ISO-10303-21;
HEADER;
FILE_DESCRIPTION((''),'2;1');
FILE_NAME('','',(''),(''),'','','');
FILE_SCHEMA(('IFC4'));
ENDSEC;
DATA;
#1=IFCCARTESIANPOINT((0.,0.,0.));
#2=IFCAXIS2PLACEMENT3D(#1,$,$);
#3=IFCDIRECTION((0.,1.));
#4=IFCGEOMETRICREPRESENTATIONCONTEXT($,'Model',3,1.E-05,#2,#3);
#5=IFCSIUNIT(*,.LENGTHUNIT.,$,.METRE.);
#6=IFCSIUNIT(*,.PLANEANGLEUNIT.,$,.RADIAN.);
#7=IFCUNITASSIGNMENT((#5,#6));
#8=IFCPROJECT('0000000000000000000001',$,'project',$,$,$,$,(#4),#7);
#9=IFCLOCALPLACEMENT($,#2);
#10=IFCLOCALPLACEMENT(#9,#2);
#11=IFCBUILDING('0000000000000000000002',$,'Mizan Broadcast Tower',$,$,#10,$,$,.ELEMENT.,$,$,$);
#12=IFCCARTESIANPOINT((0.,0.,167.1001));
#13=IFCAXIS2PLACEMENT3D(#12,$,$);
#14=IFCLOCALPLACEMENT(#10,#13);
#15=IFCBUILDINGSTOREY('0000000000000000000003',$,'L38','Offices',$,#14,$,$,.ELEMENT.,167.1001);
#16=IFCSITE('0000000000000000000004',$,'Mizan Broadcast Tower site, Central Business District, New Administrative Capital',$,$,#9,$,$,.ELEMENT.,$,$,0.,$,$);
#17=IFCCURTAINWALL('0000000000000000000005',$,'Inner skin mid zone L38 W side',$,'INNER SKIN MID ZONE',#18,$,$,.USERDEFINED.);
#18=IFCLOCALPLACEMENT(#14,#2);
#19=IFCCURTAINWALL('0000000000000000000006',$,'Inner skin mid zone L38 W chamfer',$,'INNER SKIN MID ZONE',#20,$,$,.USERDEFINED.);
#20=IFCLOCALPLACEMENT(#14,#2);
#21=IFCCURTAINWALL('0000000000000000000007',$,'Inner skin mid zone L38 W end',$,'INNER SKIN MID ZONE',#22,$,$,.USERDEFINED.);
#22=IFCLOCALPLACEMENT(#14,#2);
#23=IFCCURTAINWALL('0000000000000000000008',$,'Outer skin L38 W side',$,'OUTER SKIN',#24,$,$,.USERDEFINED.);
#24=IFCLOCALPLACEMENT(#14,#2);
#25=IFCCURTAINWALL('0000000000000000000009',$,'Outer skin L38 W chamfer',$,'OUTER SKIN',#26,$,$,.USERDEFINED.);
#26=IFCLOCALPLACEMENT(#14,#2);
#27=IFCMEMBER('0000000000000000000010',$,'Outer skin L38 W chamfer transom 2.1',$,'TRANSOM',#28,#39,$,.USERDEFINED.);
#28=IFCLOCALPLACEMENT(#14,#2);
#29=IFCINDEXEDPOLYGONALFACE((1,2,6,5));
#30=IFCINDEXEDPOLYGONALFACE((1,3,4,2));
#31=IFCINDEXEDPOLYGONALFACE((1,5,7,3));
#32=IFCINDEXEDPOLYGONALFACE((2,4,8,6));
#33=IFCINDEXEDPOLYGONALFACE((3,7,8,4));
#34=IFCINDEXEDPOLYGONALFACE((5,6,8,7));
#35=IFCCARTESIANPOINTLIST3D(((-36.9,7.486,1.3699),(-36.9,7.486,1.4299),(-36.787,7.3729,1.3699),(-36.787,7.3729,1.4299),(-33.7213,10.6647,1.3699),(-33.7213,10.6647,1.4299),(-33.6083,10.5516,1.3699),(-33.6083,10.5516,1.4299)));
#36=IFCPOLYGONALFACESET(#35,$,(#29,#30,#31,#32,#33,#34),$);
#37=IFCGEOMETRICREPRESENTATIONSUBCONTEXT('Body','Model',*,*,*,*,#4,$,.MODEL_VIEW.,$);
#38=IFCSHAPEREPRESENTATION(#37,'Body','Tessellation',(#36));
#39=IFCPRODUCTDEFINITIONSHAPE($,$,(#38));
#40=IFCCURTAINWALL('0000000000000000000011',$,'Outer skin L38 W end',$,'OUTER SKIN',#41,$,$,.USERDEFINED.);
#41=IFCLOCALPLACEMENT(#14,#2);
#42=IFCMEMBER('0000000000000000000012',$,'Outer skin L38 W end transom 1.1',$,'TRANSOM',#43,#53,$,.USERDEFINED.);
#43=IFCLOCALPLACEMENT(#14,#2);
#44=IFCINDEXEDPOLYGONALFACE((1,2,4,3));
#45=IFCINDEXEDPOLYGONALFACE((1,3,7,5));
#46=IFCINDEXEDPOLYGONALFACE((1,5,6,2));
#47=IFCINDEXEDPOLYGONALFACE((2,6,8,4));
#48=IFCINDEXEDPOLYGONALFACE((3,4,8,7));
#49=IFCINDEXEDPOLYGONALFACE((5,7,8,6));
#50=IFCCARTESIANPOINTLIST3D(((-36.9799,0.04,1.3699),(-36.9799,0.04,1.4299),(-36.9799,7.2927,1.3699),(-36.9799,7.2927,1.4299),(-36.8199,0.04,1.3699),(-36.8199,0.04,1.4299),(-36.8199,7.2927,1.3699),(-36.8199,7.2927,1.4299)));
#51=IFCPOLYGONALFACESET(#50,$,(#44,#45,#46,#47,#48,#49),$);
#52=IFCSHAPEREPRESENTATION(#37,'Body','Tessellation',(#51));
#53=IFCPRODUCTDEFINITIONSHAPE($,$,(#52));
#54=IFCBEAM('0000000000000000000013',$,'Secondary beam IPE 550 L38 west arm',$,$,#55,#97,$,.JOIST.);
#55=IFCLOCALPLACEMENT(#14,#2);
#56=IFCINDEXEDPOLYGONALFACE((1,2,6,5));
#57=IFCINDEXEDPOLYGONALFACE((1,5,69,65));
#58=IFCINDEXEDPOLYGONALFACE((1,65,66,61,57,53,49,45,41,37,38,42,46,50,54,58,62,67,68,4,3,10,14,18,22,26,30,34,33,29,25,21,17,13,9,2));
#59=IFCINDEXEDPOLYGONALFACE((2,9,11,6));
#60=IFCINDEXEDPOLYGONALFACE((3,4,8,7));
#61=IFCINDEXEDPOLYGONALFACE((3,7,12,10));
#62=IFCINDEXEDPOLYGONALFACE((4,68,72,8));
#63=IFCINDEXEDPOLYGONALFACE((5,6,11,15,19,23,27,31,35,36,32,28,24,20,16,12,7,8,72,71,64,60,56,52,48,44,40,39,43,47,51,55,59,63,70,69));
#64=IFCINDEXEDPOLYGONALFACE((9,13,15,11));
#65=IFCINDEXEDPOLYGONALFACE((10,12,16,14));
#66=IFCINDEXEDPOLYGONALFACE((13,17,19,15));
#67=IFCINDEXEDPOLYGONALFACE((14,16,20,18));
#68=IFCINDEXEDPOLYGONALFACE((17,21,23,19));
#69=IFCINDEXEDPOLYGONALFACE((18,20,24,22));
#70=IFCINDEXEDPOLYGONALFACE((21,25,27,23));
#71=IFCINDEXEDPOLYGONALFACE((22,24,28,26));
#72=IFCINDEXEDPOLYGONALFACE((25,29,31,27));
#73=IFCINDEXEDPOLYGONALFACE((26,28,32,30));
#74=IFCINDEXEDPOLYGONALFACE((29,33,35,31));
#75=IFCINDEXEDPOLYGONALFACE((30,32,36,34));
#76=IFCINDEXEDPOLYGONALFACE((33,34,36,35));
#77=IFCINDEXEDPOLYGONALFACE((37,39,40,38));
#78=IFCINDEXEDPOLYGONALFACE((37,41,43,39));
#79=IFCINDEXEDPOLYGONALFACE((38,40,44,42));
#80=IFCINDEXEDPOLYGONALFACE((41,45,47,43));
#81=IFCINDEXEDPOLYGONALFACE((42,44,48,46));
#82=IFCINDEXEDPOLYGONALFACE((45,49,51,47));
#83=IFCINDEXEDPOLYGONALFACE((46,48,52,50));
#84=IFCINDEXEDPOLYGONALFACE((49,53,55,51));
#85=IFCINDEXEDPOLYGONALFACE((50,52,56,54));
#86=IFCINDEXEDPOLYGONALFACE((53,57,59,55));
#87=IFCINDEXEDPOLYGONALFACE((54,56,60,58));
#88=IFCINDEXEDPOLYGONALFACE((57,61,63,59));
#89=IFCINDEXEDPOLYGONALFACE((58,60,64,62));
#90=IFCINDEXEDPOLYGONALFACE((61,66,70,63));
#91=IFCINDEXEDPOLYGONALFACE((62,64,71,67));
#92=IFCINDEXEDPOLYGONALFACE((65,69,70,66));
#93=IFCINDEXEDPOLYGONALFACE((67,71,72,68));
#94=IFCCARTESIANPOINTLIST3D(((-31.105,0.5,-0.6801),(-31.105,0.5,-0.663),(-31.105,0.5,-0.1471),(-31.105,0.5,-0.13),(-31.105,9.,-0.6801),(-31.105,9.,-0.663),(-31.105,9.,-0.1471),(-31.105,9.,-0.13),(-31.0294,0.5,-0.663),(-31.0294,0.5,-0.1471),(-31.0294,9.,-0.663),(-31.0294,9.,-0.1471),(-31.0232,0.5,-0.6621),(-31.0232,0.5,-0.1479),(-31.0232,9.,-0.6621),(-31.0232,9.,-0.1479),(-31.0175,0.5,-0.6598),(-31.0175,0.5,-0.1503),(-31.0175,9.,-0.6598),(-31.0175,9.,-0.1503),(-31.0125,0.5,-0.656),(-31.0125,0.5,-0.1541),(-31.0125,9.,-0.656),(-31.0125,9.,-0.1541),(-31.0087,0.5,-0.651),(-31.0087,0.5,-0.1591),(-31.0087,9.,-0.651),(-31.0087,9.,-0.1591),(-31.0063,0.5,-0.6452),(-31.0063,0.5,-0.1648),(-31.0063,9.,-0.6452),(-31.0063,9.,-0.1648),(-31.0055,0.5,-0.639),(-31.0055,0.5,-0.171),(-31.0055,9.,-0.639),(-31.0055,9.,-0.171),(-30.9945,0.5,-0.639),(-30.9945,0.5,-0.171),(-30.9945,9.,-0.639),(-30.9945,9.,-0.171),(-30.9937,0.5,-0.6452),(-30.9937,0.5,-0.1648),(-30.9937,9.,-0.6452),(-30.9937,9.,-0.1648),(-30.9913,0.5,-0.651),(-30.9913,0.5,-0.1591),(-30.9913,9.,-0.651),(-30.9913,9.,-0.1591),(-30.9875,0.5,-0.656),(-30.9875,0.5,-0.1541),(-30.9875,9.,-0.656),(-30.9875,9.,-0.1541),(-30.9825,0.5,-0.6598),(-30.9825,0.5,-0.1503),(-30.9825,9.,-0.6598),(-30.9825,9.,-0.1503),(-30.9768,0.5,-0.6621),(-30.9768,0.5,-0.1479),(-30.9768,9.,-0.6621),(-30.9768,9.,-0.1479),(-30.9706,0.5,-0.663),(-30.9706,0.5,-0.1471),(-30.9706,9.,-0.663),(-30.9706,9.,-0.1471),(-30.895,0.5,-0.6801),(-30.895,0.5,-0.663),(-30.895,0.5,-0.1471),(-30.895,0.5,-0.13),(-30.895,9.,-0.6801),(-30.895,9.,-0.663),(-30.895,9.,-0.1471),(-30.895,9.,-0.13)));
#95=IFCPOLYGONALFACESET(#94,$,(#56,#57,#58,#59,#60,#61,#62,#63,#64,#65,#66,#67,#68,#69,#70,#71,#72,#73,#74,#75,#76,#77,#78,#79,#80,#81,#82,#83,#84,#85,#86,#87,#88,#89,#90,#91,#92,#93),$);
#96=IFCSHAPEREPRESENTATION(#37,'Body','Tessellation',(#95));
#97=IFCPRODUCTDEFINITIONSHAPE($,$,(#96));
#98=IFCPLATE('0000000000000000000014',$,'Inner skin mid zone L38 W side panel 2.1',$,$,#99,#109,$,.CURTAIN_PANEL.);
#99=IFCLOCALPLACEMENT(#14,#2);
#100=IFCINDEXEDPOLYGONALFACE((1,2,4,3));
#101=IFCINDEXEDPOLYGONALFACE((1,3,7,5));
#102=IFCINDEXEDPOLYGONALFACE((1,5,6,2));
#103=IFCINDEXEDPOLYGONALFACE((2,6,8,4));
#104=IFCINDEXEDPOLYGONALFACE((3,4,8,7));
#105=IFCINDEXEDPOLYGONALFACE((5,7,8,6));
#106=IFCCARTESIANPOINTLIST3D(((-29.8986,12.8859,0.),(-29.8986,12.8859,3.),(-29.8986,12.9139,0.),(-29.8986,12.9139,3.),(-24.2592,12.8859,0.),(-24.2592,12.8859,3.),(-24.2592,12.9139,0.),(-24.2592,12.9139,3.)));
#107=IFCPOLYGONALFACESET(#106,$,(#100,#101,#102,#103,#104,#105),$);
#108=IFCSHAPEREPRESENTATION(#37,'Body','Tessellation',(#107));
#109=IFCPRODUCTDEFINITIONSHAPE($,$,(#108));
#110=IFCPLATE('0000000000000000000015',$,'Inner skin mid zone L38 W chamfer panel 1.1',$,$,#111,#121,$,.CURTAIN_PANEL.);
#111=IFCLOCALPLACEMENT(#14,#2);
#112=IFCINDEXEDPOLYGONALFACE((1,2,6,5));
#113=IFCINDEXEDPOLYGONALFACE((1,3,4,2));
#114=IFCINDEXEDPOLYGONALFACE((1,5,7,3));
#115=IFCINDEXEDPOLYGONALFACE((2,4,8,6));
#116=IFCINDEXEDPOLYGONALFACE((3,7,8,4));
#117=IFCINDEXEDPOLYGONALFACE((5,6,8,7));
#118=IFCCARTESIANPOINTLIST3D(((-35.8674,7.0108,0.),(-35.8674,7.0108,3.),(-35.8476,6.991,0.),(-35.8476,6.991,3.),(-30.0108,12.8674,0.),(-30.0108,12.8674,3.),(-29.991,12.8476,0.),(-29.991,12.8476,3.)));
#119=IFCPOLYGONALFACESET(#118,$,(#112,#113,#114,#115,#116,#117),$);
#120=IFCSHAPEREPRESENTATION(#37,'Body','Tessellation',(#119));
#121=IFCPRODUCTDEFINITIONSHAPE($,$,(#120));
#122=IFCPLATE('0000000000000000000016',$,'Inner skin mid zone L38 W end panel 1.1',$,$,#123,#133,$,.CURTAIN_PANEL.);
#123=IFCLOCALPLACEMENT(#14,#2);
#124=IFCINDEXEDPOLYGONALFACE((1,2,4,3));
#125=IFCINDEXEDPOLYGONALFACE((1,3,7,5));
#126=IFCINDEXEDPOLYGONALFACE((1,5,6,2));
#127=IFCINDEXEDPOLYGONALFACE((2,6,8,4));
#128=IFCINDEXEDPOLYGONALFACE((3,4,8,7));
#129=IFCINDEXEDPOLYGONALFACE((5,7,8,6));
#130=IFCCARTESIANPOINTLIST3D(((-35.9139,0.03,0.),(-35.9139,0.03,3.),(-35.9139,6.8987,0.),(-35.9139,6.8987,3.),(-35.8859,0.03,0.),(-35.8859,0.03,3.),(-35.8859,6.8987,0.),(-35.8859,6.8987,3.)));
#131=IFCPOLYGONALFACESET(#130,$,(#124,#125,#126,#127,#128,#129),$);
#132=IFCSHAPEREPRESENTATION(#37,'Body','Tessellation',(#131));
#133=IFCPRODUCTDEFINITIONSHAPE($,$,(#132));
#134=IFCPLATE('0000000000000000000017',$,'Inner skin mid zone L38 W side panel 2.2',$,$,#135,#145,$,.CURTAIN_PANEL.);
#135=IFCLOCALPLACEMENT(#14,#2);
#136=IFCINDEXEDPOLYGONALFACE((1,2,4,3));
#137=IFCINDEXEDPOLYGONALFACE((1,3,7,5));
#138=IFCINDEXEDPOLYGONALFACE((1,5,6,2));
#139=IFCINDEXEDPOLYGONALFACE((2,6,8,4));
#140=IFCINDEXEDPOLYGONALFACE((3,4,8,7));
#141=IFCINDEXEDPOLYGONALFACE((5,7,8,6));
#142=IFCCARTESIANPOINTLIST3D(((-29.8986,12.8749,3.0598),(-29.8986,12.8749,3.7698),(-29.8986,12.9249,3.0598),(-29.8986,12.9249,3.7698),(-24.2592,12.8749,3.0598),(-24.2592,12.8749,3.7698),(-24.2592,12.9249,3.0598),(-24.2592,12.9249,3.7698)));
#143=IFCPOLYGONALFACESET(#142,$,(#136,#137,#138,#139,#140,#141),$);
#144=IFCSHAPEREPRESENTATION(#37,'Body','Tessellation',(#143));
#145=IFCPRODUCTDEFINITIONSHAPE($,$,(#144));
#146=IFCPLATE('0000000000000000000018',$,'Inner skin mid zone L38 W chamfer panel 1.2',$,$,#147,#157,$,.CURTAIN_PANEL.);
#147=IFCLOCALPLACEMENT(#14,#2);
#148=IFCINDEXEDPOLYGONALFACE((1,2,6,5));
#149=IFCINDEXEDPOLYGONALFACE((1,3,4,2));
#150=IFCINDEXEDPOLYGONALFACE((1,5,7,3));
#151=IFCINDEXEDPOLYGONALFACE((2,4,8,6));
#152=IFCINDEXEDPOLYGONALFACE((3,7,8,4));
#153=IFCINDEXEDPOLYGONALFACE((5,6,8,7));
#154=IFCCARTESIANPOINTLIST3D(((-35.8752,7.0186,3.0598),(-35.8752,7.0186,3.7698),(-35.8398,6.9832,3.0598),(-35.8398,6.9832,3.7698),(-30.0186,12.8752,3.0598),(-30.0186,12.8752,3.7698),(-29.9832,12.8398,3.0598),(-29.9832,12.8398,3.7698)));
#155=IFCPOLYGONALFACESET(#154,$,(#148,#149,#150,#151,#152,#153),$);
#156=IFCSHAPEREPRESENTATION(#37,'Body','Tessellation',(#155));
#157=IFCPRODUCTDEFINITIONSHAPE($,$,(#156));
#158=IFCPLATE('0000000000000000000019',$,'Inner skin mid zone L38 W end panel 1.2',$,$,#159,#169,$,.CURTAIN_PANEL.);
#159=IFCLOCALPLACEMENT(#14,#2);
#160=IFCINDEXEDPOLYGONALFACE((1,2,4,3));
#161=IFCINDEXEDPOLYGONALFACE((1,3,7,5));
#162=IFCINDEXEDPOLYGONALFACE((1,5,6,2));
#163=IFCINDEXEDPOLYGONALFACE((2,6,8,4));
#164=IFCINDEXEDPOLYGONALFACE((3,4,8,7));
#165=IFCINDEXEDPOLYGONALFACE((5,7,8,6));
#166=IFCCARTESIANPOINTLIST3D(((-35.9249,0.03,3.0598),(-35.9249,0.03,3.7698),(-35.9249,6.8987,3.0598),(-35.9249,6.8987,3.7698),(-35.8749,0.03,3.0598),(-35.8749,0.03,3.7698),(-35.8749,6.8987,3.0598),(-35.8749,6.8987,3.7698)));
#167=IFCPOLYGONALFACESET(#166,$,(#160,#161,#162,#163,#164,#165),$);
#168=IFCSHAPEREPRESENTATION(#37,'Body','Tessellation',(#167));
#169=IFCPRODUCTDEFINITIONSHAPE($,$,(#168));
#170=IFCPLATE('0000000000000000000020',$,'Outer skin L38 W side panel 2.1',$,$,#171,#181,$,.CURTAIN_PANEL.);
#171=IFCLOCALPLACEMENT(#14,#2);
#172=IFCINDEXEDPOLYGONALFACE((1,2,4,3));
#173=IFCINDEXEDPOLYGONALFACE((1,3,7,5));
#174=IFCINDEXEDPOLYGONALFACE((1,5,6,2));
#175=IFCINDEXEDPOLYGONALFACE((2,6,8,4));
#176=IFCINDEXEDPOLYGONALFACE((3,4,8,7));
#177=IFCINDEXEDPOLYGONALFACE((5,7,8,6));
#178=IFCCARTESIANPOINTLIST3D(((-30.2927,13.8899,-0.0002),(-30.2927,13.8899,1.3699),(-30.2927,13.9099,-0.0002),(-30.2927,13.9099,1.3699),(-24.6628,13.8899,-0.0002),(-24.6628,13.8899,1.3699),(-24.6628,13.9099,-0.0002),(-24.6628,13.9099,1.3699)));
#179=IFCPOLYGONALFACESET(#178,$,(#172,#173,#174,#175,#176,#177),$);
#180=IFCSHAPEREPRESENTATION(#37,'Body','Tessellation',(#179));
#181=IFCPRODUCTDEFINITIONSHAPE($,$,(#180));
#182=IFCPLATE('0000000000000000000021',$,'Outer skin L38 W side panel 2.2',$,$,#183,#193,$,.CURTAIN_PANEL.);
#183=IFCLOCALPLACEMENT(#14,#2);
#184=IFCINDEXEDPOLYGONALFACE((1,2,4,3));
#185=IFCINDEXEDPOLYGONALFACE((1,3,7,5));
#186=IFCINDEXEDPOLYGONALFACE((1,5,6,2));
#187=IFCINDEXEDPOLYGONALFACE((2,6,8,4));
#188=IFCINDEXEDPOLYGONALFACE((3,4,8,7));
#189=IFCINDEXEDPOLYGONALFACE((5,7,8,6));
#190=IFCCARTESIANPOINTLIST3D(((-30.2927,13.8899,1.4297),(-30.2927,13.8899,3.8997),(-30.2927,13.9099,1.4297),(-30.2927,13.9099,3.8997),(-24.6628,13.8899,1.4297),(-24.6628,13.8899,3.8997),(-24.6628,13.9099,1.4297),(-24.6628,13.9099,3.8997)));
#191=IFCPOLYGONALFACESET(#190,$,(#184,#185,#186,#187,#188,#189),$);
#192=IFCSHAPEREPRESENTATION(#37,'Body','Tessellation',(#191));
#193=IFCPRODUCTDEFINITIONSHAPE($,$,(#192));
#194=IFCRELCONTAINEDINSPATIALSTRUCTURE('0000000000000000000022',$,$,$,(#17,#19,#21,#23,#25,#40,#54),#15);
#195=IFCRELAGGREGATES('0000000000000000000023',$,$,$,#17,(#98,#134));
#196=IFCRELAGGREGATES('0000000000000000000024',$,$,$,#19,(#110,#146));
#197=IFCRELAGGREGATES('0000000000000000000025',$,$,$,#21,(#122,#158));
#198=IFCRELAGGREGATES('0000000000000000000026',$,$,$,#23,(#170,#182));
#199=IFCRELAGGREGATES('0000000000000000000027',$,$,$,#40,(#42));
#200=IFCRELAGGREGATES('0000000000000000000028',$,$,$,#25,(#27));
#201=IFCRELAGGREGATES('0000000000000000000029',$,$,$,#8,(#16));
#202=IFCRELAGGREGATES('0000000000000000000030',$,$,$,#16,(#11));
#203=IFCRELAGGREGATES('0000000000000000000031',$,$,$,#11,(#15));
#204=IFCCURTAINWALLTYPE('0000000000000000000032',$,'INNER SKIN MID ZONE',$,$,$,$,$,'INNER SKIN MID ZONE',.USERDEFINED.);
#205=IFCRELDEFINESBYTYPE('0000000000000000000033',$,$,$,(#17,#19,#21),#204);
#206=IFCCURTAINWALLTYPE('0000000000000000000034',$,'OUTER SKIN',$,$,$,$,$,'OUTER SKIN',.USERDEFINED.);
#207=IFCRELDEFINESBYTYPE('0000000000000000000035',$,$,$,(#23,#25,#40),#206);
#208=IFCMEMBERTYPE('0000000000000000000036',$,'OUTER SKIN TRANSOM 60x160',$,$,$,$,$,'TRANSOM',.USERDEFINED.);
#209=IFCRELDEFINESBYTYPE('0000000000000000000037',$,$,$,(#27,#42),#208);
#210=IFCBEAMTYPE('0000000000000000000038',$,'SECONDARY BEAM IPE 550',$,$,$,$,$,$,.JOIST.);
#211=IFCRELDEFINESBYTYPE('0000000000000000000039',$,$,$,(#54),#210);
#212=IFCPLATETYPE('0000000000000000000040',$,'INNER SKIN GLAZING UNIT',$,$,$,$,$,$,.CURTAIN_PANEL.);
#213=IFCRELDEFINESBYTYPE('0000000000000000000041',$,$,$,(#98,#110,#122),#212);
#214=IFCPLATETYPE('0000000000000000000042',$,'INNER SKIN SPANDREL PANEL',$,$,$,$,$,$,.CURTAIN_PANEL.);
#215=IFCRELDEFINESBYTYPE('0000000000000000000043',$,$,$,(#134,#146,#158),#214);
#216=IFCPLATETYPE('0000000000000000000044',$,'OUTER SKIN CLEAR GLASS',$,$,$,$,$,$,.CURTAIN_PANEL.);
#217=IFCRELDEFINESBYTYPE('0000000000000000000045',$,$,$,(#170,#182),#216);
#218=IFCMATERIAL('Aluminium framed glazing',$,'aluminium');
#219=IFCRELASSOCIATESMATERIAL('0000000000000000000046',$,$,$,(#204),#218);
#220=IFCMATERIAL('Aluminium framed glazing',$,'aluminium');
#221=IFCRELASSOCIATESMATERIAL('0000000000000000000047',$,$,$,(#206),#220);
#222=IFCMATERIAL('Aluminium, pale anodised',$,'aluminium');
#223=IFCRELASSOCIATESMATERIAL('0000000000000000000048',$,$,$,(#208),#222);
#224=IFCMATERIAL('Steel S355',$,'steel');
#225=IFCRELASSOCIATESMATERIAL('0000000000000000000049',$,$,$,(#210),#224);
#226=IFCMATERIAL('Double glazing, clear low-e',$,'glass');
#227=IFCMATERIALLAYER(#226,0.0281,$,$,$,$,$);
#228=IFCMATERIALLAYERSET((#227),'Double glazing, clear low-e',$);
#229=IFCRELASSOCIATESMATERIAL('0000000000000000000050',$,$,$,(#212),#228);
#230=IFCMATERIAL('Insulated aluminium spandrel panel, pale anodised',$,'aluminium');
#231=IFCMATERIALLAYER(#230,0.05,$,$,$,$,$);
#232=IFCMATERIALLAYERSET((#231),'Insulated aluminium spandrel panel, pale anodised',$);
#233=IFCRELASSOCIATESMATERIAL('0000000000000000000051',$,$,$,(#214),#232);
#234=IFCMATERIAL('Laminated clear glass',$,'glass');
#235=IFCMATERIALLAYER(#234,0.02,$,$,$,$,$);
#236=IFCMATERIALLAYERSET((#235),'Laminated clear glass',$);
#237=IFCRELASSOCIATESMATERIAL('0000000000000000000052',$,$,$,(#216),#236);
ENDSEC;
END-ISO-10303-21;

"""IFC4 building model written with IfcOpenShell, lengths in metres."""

from ifc_helpers import new_model, si_unit, direction, frame, origin, origin_2d, place, context, subcontext, project, spatial, rectangle, i_section, extrude, material, layer, layer_set, material_profile, profile_set, type_object, element, aggregate, save


model = new_model("IFC4")

# Units and contexts
model_context = context("Model", 3, precision=1e-05, world=origin(), true_north=direction((0.0, 1.0)))
body_context = subcontext(model_context, "Body", "Model", "MODEL_VIEW")
ifc_project = project(units=[si_unit("LENGTHUNIT", "METRE"), si_unit("PLANEANGLEUNIT", "RADIAN")], contexts=[model_context])

# Site, building, storey
site_placement = place(None, origin())
site = spatial("IfcSite", under=ifc_project, at=site_placement, Name="Mizan Broadcast Tower site, Central Business District, New Administrative Capital", CompositionType="ELEMENT", RefElevation=0.0)
building_placement = place(site_placement, origin())
building = spatial("IfcBuilding", under=site, at=building_placement, Name="Mizan Broadcast Tower", CompositionType="ELEMENT")
storey_placement = place(building_placement, frame((0.0, 0.0, 167.1001)))
storey = spatial("IfcBuildingStorey", under=building, at=storey_placement, Name="L38", Description="Offices", CompositionType="ELEMENT", Elevation=167.1001)

# Curtain wall
ifc_material_1 = material(Name="Aluminium framed glazing", Category="aluminium")
curtain_wall_type_1 = type_object("IfcCurtainWallType", Name="INNER SKIN MID ZONE", ElementType="INNER SKIN MID ZONE", PredefinedType="USERDEFINED", material=ifc_material_1)
curtain_wall_1_placement = place(storey_placement, origin())
curtain_wall_1 = element("IfcCurtainWall", 1, at=curtain_wall_1_placement, inside=storey, type_object=curtain_wall_type_1, Name="Inner skin mid zone L38 W side", ObjectType="INNER SKIN MID ZONE", PredefinedType="USERDEFINED")

# Curtain wall
curtain_wall_2_placement = place(storey_placement, origin())
curtain_wall_2 = element("IfcCurtainWall", 2, at=curtain_wall_2_placement, inside=storey, type_object=curtain_wall_type_1, Name="Inner skin mid zone L38 W chamfer", ObjectType="INNER SKIN MID ZONE", PredefinedType="USERDEFINED")

# Curtain walls
curtain_wall_3_placement = place(storey_placement, origin())
curtain_wall_3 = element("IfcCurtainWall", 3, at=curtain_wall_3_placement, inside=storey, type_object=curtain_wall_type_1, Name="Inner skin mid zone L38 W end", ObjectType="INNER SKIN MID ZONE", PredefinedType="USERDEFINED")
ifc_material_2 = material(Name="Aluminium framed glazing", Category="aluminium")
curtain_wall_type_2 = type_object("IfcCurtainWallType", Name="OUTER SKIN", ElementType="OUTER SKIN", PredefinedType="USERDEFINED", material=ifc_material_2)
curtain_wall_4_placement = place(storey_placement, origin())
curtain_wall_4 = element("IfcCurtainWall", 4, at=curtain_wall_4_placement, inside=storey, type_object=curtain_wall_type_2, Name="Outer skin L38 W side", ObjectType="OUTER SKIN", PredefinedType="USERDEFINED")

# Curtain wall, member
curtain_wall_5_placement = place(storey_placement, origin())
curtain_wall_5 = element("IfcCurtainWall", 5, at=curtain_wall_5_placement, inside=storey, type_object=curtain_wall_type_2, Name="Outer skin L38 W chamfer", ObjectType="OUTER SKIN", PredefinedType="USERDEFINED")
ifc_material_3 = material(Name="Aluminium, pale anodised", Category="aluminium")
ifc_material_profile_1 = material_profile(ifc_material_3, rectangle(XDim=0.1599, YDim=0.0601, at=origin_2d()), Name="TRANSOM 160x60")
ifc_profile_set_1 = profile_set([ifc_material_profile_1], Name="Aluminium, pale anodised")
member_type_1 = type_object("IfcMemberType", Name="OUTER SKIN TRANSOM 60x160", ElementType="TRANSOM", PredefinedType="USERDEFINED", material=ifc_profile_set_1)
member_1_placement = place(storey_placement, frame((-33.6648, 10.6082, 1.3999), z_axis=(-0.707107, -0.707107, 0.0), x_axis=(0.707107, -0.707107, 0.0)))
member_1 = element("IfcMember", 6, at=member_1_placement, type_object=member_type_1, Name="Outer skin L38 W chamfer transom 2.1", ObjectType="TRANSOM", PredefinedType="USERDEFINED", context=body_context, shape_type="SweptSolid", body=[
    extrude(rectangle(XDim=0.1599, YDim=0.0601, at=origin_2d()), origin(), (0.0, 0.0, 1.0), 4.4954),
])

# Curtain wall, member
curtain_wall_6_placement = place(storey_placement, origin())
curtain_wall_6 = element("IfcCurtainWall", 7, at=curtain_wall_6_placement, inside=storey, type_object=curtain_wall_type_2, Name="Outer skin L38 W end", ObjectType="OUTER SKIN", PredefinedType="USERDEFINED")
member_2_placement = place(storey_placement, frame((-36.8999, 7.2927, 1.3999), z_axis=(0.0, -1.0, 0.0), x_axis=(1.0, 0.0, 0.0)))
member_2 = element("IfcMember", 8, at=member_2_placement, type_object=member_type_1, Name="Outer skin L38 W end transom 1.1", ObjectType="TRANSOM", PredefinedType="USERDEFINED", context=body_context, shape_type="SweptSolid", body=[
    extrude(rectangle(XDim=0.1599, YDim=0.0601, at=origin_2d()), origin(), (0.0, 0.0, 1.0), 7.2527),
])

# Beam
ifc_material_4 = material(Name="Steel S355", Category="steel")
ifc_material_profile_2 = material_profile(ifc_material_4, i_section(OverallWidth=0.21, OverallDepth=0.55, WebThickness=0.011, FlangeThickness=0.0171, FilletRadius=0.0239, at=origin_2d()), Name="IPE 550")
ifc_profile_set_2 = profile_set([ifc_material_profile_2], Name="Steel S355")
beam_type_1 = type_object("IfcBeamType", Name="SECONDARY BEAM IPE 550", PredefinedType="JOIST", material=ifc_profile_set_2)
beam_1_placement = place(storey_placement, frame((-31.0, 9.0, -0.405), z_axis=(0.0, -1.0, 0.0), x_axis=(1.0, 0.0, 0.0)))
element("IfcBeam", 9, at=beam_1_placement, inside=storey, type_object=beam_type_1, Name="Secondary beam IPE 550 L38 west arm", PredefinedType="JOIST", context=body_context, shape_type="SweptSolid", body=[
    extrude(i_section(OverallWidth=0.21, OverallDepth=0.55, WebThickness=0.011, FlangeThickness=0.0171, FilletRadius=0.0239, at=origin_2d()), origin(), (0.0, 0.0, 1.0), 8.5),
])

# Plates
ifc_material_5 = material(Name="Double glazing, clear low-e", Category="glass")
ifc_layer_1 = layer(ifc_material_5, 0.0281)
ifc_layer_set_1 = layer_set([ifc_layer_1], Name="Double glazing, clear low-e")
plate_type_1 = type_object("IfcPlateType", Name="INNER SKIN GLAZING UNIT", PredefinedType="CURTAIN_PANEL", material=ifc_layer_set_1)
plate_1_placement = place(storey_placement, frame((-27.0789, 12.8999, 0.0), z_axis=(0.0, 0.0, 1.0), x_axis=(-1.0, 0.0, 0.0)))
plate_1 = element("IfcPlate", 10, at=plate_1_placement, type_object=plate_type_1, Name="Inner skin mid zone L38 W side panel 2.1", PredefinedType="CURTAIN_PANEL", context=body_context, shape_type="SweptSolid", body=[
    extrude(rectangle(XDim=5.6394, YDim=0.0281, at=origin_2d()), origin(), (0.0, 0.0, 1.0), 3.0),
])
plate_2_placement = place(storey_placement, frame((-32.9292, 9.9292, 0.0), z_axis=(0.0, 0.0, 1.0), x_axis=(-0.707107, -0.707107, 0.0)))
plate_2 = element("IfcPlate", 11, at=plate_2_placement, type_object=plate_type_1, Name="Inner skin mid zone L38 W chamfer panel 1.1", PredefinedType="CURTAIN_PANEL", context=body_context, shape_type="SweptSolid", body=[
    extrude(rectangle(XDim=8.2825, YDim=0.0281, at=origin_2d()), origin(), (0.0, 0.0, 1.0), 3.0),
])
plate_3_placement = place(storey_placement, frame((-35.8999, 3.4644, 0.0), z_axis=(0.0, 0.0, 1.0), x_axis=(0.0, -1.0, 0.0)))
plate_3 = element("IfcPlate", 12, at=plate_3_placement, type_object=plate_type_1, Name="Inner skin mid zone L38 W end panel 1.1", PredefinedType="CURTAIN_PANEL", context=body_context, shape_type="SweptSolid", body=[
    extrude(rectangle(XDim=6.8687, YDim=0.0281, at=origin_2d()), origin(), (0.0, 0.0, 1.0), 3.0),
])
ifc_material_6 = material(Name="Insulated aluminium spandrel panel, pale anodised", Category="aluminium")
ifc_layer_2 = layer(ifc_material_6, 0.05)
ifc_layer_set_2 = layer_set([ifc_layer_2], Name="Insulated aluminium spandrel panel, pale anodised")
plate_type_2 = type_object("IfcPlateType", Name="INNER SKIN SPANDREL PANEL", PredefinedType="CURTAIN_PANEL", material=ifc_layer_set_2)
plate_4_placement = place(storey_placement, frame((-27.0789, 12.8999, 3.0598), z_axis=(0.0, 0.0, 1.0), x_axis=(-1.0, 0.0, 0.0)))
plate_4 = element("IfcPlate", 13, at=plate_4_placement, type_object=plate_type_2, Name="Inner skin mid zone L38 W side panel 2.2", PredefinedType="CURTAIN_PANEL", context=body_context, shape_type="SweptSolid", body=[
    extrude(rectangle(XDim=5.6394, YDim=0.05, at=origin_2d()), origin(), (0.0, 0.0, 1.0), 0.71),
])
aggregate(curtain_wall_1, [plate_1, plate_4])
plate_5_placement = place(storey_placement, frame((-32.9292, 9.9292, 3.0598), z_axis=(0.0, 0.0, 1.0), x_axis=(-0.707107, -0.707107, 0.0)))
plate_5 = element("IfcPlate", 14, at=plate_5_placement, type_object=plate_type_2, Name="Inner skin mid zone L38 W chamfer panel 1.2", PredefinedType="CURTAIN_PANEL", context=body_context, shape_type="SweptSolid", body=[
    extrude(rectangle(XDim=8.2825, YDim=0.05, at=origin_2d()), origin(), (0.0, 0.0, 1.0), 0.71),
])
aggregate(curtain_wall_2, [plate_2, plate_5])
plate_6_placement = place(storey_placement, frame((-35.8999, 3.4644, 3.0598), z_axis=(0.0, 0.0, 1.0), x_axis=(0.0, -1.0, 0.0)))
plate_6 = element("IfcPlate", 15, at=plate_6_placement, type_object=plate_type_2, Name="Inner skin mid zone L38 W end panel 1.2", PredefinedType="CURTAIN_PANEL", context=body_context, shape_type="SweptSolid", body=[
    extrude(rectangle(XDim=6.8687, YDim=0.05, at=origin_2d()), origin(), (0.0, 0.0, 1.0), 0.71),
])
aggregate(curtain_wall_3, [plate_3, plate_6])
ifc_material_7 = material(Name="Laminated clear glass", Category="glass")
ifc_layer_3 = layer(ifc_material_7, 0.02)
ifc_layer_set_3 = layer_set([ifc_layer_3], Name="Laminated clear glass")
plate_type_3 = type_object("IfcPlateType", Name="OUTER SKIN CLEAR GLASS", PredefinedType="CURTAIN_PANEL", material=ifc_layer_set_3)
plate_7_placement = place(storey_placement, frame((-27.4778, 13.8999, -0.0002), z_axis=(0.0, 0.0, 1.0), x_axis=(-1.0, 0.0, 0.0)))
plate_7 = element("IfcPlate", 16, at=plate_7_placement, type_object=plate_type_3, Name="Outer skin L38 W side panel 2.1", PredefinedType="CURTAIN_PANEL", context=body_context, shape_type="SweptSolid", body=[
    extrude(rectangle(XDim=5.6299, YDim=0.02, at=origin_2d()), origin(), (0.0, 0.0, 1.0), 1.3701),
])
plate_8_placement = place(storey_placement, frame((-27.4778, 13.8999, 1.4297), z_axis=(0.0, 0.0, 1.0), x_axis=(-1.0, 0.0, 0.0)))
plate_8 = element("IfcPlate", 17, at=plate_8_placement, type_object=plate_type_3, Name="Outer skin L38 W side panel 2.2", PredefinedType="CURTAIN_PANEL", context=body_context, shape_type="SweptSolid", body=[
    extrude(rectangle(XDim=5.6299, YDim=0.02, at=origin_2d()), origin(), (0.0, 0.0, 1.0), 2.47),
])
aggregate(curtain_wall_4, [plate_7, plate_8])
aggregate(curtain_wall_6, [member_2])
aggregate(curtain_wall_5, [member_1])

save(model, "model.ifc")
